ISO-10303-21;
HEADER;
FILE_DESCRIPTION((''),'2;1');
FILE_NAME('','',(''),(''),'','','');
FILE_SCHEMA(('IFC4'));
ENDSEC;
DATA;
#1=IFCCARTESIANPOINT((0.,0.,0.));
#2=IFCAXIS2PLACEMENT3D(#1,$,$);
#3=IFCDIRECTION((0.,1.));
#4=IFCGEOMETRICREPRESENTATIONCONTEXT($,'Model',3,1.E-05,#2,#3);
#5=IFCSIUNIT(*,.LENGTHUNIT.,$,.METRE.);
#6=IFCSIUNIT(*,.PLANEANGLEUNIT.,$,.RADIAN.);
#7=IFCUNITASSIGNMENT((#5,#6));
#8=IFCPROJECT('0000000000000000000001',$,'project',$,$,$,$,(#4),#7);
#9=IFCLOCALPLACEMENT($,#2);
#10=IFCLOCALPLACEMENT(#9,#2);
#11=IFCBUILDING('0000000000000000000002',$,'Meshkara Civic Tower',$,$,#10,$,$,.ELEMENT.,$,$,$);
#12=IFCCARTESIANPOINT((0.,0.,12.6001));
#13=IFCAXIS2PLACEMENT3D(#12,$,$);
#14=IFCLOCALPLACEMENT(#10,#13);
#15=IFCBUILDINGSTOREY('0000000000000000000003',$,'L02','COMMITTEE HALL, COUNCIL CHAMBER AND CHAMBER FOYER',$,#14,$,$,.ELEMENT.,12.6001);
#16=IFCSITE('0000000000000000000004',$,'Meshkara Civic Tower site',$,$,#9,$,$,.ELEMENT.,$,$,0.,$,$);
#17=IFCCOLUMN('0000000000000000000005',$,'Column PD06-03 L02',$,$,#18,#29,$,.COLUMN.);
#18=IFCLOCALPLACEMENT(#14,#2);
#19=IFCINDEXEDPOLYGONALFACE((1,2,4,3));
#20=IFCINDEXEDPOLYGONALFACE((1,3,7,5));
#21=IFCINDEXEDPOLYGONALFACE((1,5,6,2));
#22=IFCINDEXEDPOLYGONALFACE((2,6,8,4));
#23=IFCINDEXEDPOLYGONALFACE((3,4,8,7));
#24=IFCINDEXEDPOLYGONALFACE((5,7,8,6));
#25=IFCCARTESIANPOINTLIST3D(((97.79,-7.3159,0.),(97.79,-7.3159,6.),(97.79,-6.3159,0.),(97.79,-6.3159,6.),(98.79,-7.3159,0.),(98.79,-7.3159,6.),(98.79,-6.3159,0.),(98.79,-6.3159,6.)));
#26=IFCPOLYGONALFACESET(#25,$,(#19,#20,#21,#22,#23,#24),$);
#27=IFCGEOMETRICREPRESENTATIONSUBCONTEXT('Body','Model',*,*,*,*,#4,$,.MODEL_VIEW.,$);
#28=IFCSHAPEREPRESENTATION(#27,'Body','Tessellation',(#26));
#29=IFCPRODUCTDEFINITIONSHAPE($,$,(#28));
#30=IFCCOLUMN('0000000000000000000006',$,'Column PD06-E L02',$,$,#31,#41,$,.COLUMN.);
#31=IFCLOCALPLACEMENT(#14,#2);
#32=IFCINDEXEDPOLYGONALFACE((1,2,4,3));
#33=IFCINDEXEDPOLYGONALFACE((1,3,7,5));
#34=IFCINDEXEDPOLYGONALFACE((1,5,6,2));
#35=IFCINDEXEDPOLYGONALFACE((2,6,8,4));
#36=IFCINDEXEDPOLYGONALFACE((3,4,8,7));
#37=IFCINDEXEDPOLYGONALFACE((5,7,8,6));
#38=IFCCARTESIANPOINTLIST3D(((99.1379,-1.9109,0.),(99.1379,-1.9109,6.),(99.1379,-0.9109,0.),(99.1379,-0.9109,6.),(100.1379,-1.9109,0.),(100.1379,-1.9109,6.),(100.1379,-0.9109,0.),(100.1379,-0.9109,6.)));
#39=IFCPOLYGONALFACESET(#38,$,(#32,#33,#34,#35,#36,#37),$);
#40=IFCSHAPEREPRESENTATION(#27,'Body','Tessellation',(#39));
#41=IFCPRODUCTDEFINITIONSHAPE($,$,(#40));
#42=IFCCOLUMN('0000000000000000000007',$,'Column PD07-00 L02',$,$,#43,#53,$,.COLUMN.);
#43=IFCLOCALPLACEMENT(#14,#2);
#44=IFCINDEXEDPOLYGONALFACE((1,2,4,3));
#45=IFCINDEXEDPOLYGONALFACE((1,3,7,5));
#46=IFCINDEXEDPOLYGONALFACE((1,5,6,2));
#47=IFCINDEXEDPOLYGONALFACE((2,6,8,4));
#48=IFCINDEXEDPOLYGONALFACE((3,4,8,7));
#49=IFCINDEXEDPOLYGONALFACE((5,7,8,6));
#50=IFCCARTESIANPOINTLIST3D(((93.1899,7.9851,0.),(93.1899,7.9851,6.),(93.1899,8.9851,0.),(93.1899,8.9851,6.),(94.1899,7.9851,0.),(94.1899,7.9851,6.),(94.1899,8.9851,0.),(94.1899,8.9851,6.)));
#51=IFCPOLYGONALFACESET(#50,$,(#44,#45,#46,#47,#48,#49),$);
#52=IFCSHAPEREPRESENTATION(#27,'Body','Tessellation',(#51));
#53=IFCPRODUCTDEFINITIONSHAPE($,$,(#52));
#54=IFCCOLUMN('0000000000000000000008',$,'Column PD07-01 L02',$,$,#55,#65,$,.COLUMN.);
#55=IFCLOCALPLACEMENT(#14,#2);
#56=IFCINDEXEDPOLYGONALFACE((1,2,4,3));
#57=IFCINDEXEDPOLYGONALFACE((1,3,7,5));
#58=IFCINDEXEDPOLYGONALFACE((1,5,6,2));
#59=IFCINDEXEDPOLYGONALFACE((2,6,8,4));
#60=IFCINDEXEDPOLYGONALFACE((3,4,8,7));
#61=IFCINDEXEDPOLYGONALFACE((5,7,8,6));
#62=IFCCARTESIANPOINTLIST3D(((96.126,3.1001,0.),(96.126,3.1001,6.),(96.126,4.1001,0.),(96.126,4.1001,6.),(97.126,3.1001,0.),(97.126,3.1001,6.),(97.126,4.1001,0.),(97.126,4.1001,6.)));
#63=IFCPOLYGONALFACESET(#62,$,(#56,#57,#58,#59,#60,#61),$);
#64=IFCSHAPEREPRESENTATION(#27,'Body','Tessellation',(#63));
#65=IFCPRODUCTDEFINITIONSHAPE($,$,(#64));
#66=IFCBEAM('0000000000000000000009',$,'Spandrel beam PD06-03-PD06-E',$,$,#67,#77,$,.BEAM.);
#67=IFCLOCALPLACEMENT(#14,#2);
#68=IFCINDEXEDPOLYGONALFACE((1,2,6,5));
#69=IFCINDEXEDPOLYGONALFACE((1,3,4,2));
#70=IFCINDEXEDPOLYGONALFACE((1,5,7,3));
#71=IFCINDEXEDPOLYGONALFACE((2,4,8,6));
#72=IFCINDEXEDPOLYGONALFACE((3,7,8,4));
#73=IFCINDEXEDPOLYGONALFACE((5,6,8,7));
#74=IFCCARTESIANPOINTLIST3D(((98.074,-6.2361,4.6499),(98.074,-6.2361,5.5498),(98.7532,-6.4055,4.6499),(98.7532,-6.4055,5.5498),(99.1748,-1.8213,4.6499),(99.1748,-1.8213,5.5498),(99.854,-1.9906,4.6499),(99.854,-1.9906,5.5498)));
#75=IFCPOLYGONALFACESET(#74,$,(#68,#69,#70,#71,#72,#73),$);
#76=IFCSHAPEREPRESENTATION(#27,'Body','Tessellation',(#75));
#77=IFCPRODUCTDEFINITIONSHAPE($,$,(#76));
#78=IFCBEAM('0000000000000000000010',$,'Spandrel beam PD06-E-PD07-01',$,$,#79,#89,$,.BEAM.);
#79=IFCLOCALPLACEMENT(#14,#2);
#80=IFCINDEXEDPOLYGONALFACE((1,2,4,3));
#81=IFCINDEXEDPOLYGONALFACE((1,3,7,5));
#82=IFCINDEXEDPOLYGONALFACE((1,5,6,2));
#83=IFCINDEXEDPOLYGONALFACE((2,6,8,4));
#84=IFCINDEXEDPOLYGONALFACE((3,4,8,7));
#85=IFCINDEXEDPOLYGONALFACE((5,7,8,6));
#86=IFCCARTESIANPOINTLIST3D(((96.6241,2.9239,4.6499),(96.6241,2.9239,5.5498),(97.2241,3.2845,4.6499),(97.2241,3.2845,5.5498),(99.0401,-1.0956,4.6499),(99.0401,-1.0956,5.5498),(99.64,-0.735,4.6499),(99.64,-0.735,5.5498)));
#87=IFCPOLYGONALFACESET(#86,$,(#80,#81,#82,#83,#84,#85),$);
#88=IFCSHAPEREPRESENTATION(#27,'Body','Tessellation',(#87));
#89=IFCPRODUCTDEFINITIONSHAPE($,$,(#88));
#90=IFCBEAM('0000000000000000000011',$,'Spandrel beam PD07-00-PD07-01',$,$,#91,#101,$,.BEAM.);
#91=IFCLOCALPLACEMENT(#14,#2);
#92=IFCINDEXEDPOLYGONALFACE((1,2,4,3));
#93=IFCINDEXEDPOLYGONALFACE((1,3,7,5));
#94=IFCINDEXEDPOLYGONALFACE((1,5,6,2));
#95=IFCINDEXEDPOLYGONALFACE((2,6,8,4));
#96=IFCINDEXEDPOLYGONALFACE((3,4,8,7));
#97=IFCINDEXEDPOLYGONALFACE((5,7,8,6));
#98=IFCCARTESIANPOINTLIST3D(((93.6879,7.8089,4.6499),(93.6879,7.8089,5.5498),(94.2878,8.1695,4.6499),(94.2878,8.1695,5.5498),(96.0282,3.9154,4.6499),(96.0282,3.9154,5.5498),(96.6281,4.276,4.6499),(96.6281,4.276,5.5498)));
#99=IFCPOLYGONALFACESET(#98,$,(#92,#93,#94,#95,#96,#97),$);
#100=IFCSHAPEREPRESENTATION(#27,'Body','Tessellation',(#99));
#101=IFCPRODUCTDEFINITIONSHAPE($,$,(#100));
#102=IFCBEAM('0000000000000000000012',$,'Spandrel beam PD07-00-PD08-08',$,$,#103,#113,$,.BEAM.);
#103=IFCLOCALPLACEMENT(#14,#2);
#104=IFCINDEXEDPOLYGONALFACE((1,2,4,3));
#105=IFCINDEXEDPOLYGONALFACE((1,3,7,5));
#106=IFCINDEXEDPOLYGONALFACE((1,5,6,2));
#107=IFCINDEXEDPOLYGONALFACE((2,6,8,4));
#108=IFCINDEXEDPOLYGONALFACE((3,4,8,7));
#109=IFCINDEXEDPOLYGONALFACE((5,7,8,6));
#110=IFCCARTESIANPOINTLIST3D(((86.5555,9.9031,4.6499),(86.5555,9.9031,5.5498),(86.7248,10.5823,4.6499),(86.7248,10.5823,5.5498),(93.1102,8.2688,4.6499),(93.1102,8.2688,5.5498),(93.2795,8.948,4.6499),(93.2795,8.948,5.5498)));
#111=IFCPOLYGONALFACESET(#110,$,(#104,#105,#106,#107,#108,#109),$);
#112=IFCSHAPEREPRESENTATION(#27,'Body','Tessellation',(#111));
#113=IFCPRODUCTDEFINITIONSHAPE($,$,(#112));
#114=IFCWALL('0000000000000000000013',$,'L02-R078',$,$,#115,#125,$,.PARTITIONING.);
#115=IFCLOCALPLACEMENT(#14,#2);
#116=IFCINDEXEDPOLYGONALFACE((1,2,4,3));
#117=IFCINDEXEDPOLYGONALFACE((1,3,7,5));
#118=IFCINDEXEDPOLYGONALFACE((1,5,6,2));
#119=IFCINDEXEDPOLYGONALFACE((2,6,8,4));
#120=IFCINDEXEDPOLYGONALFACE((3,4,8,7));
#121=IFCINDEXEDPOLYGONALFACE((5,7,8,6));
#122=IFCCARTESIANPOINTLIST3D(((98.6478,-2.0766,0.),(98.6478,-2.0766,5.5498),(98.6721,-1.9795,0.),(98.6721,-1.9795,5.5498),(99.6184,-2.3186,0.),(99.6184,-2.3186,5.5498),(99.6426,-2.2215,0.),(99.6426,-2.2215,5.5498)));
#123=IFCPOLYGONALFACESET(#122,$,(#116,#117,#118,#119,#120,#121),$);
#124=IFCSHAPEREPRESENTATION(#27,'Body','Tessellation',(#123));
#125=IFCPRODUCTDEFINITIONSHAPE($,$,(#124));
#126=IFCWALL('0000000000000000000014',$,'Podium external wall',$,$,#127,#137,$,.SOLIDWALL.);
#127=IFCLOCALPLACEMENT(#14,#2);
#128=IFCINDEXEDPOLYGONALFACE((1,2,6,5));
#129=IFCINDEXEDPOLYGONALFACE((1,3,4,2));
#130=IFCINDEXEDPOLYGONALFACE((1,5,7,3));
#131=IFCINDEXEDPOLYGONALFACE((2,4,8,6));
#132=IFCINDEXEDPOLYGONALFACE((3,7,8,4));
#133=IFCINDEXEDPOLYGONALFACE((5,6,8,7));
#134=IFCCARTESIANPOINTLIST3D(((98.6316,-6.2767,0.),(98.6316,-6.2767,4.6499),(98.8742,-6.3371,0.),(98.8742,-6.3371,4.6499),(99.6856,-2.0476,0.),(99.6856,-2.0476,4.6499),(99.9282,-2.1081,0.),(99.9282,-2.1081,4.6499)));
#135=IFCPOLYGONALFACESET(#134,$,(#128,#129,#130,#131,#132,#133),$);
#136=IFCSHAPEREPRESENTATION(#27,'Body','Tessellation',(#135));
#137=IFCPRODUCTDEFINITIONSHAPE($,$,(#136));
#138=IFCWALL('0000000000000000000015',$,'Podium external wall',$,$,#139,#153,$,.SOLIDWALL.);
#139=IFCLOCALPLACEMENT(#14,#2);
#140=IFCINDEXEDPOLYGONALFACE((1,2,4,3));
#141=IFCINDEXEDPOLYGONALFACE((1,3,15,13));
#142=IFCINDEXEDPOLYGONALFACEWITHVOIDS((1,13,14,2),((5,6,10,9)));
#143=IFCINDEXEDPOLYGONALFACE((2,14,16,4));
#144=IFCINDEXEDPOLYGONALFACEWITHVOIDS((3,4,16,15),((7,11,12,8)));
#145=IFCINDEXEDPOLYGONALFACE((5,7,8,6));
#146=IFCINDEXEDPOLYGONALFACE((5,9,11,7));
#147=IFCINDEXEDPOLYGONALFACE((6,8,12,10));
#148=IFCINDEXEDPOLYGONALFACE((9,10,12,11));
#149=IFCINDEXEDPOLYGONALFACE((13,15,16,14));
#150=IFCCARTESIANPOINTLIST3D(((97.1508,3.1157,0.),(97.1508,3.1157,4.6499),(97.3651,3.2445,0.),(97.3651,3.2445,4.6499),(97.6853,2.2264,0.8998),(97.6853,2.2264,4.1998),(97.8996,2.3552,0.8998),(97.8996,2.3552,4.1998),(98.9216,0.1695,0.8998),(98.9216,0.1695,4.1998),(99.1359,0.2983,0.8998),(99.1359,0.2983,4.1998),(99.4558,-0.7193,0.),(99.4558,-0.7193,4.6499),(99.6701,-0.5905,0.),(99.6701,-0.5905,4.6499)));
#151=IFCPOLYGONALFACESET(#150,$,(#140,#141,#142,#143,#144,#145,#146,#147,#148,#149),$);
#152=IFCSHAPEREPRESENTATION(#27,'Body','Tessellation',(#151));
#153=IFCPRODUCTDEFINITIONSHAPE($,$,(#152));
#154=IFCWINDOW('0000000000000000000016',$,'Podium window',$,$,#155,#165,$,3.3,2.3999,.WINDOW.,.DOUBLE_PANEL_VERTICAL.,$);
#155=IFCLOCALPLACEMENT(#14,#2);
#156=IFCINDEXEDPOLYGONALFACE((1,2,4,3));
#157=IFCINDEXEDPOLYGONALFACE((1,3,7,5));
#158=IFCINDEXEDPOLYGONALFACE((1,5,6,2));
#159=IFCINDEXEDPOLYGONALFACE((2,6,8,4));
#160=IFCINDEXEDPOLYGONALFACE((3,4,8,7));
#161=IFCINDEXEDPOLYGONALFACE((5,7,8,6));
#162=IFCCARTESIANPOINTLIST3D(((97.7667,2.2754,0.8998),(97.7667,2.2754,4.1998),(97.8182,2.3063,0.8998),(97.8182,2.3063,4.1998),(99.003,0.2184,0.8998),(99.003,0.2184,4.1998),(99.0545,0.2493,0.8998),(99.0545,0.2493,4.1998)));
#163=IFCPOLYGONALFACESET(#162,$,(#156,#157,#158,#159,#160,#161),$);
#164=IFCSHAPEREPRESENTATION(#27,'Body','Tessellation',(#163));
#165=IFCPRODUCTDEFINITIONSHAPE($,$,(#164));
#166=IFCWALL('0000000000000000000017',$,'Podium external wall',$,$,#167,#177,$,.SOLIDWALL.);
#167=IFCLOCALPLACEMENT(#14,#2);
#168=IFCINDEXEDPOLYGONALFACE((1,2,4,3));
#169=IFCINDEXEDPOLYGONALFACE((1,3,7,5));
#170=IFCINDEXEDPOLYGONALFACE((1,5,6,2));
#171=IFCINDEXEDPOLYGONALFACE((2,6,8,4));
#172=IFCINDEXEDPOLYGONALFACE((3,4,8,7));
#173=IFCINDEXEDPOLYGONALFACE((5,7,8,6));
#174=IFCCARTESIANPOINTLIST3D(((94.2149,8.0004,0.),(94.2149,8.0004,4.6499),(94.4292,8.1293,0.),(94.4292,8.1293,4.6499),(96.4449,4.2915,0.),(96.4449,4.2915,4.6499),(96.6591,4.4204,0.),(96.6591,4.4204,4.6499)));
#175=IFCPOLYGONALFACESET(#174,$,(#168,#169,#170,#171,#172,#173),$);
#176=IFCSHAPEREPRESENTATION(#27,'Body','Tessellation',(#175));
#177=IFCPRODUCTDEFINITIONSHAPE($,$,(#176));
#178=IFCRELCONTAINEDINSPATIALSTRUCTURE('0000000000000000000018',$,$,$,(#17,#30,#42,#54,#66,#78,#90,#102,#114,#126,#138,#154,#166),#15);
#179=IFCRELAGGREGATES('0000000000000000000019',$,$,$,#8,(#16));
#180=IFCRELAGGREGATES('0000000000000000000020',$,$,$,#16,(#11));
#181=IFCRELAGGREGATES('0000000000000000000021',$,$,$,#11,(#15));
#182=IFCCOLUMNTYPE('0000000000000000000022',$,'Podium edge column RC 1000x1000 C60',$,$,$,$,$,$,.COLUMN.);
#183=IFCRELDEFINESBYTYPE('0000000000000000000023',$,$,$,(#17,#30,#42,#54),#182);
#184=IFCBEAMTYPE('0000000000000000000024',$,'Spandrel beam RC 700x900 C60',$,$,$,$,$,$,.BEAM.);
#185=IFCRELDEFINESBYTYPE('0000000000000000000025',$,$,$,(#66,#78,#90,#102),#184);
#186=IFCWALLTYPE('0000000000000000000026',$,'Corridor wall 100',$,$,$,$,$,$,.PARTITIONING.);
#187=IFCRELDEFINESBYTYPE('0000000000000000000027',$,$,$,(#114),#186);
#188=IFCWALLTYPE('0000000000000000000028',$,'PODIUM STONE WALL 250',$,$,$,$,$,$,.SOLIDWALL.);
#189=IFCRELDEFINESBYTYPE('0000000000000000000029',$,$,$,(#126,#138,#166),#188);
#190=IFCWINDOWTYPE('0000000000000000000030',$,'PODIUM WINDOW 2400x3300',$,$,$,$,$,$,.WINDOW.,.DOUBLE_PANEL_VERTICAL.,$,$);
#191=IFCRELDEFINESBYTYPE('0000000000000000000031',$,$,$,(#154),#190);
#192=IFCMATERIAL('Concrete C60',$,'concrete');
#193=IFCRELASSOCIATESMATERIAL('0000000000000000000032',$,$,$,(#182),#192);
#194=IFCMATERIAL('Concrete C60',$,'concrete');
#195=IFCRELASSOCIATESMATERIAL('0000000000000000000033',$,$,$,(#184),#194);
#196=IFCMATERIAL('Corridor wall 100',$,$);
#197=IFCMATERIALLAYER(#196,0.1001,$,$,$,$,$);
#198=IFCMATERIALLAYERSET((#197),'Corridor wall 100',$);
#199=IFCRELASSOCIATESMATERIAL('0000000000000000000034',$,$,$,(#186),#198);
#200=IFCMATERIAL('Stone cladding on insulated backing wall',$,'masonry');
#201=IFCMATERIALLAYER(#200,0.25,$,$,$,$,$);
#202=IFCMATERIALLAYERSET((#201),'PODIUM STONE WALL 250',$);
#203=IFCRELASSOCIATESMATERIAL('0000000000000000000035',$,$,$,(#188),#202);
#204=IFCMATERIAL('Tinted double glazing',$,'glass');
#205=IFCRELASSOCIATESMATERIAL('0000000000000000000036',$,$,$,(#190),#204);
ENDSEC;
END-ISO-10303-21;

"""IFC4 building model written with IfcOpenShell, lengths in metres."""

from ifc_helpers import new_model, si_unit, direction, frame, frame_2d, origin, origin_2d, place, context, subcontext, project, spatial, rectangle, extrude, material, layer, layer_set, material_profile, profile_set, type_object, element, fill, save


model = new_model("IFC4")

# Units and contexts
model_context = context("Model", 3, precision=1e-05, world=origin(), true_north=direction((0.0, 1.0)))
body_context = subcontext(model_context, "Body", "Model", "MODEL_VIEW")
ifc_project = project(units=[si_unit("LENGTHUNIT", "METRE"), si_unit("PLANEANGLEUNIT", "RADIAN")], contexts=[model_context])

# Site, building, storey
site_placement = place(None, origin())
site = spatial("IfcSite", under=ifc_project, at=site_placement, Name="Meshkara Civic Tower site", CompositionType="ELEMENT", RefElevation=0.0)
building_placement = place(site_placement, origin())
building = spatial("IfcBuilding", under=site, at=building_placement, Name="Meshkara Civic Tower", CompositionType="ELEMENT")
storey_placement = place(building_placement, frame((0.0, 0.0, 12.6001)))
storey = spatial("IfcBuildingStorey", under=building, at=storey_placement, Name="L02", Description="COMMITTEE HALL, COUNCIL CHAMBER AND CHAMBER FOYER", CompositionType="ELEMENT", Elevation=12.6001)

# Columns
ifc_material_1 = material(Name="Concrete C60", Category="concrete")
ifc_material_profile_1 = material_profile(ifc_material_1, rectangle(XDim=1.0, YDim=1.0, at=origin_2d()))
ifc_profile_set_1 = profile_set([ifc_material_profile_1], Name="Concrete C60")
column_type = type_object("IfcColumnType", Name="Podium edge column RC 1000x1000 C60", PredefinedType="COLUMN", material=ifc_profile_set_1)
for number, where, z_axis, x_axis, name in (
    (1, (98.29, -6.8159, 0.0), (0.0, 0.0, 1.0), (1.0, 0.0, 0.0), "Column PD06-03 L02"),
    (2, (99.6379, -1.4109, 0.0), (0.0, 0.0, 1.0), (1.0, 0.0, 0.0), "Column PD06-E L02"),
    (3, (93.6899, 8.4851, 0.0), (0.0, 0.0, 1.0), (1.0, 0.0, 0.0), "Column PD07-00 L02"),
    (4, (96.626, 3.6001, 0.0), (0.0, 0.0, 1.0), (1.0, 0.0, 0.0), "Column PD07-01 L02"),
):
    element("IfcColumn", number, at=place(storey_placement, frame(where, z_axis=z_axis, x_axis=x_axis)), inside=storey, type_object=column_type, Name=name, PredefinedType="COLUMN", context=body_context, shape_type="SweptSolid", body=[
        extrude(rectangle(XDim=1.0, YDim=1.0, at=origin_2d()), origin(), (0.0, 0.0, 1.0), 6.0),
    ])

# Beams
ifc_material_2 = material(Name="Concrete C60", Category="concrete")
ifc_material_profile_2 = material_profile(ifc_material_2, rectangle(XDim=0.7, YDim=0.8999, at=origin_2d()))
ifc_profile_set_2 = profile_set([ifc_material_profile_2], Name="Concrete C60")
beam_type = type_object("IfcBeamType", Name="Spandrel beam RC 700x900 C60", PredefinedType="BEAM", material=ifc_profile_set_2)
beam_1_placement = place(storey_placement, frame((98.4136, -6.3208, 5.0999), z_axis=(0.241942, 0.970291, 0.0), x_axis=(-0.970291, 0.241942, 0.0)))
element("IfcBeam", 5, at=beam_1_placement, inside=storey, type_object=beam_type, Name="Spandrel beam PD06-03-PD06-E", PredefinedType="BEAM", context=body_context, shape_type="SweptSolid", body=[
    extrude(rectangle(XDim=0.7, YDim=0.8999, at=origin_2d()), origin(), (0.0, 0.0, 1.0), 4.55),
])
beam_2_placement = place(storey_placement, frame((99.3401, -0.9153, 5.0999), z_axis=(-0.515169, 0.857088, 0.0), x_axis=(-0.857088, -0.515169, 0.0)))
element("IfcBeam", 6, at=beam_2_placement, inside=storey, type_object=beam_type, Name="Spandrel beam PD06-E-PD07-01", PredefinedType="BEAM", context=body_context, shape_type="SweptSolid", body=[
    extrude(rectangle(XDim=0.7, YDim=0.8999, at=origin_2d()), origin(), (0.0, 0.0, 1.0), 4.6897),
])
beam_3_placement = place(storey_placement, frame((96.3281, 4.0957, 5.0999), z_axis=(-0.515175, 0.857085, 0.0), x_axis=(-0.857085, -0.515175, 0.0)))
element("IfcBeam", 7, at=beam_3_placement, inside=storey, type_object=beam_type, Name="Spandrel beam PD07-00-PD07-01", PredefinedType="BEAM", context=body_context, shape_type="SweptSolid", body=[
    extrude(rectangle(XDim=0.7, YDim=0.8999, at=origin_2d()), origin(), (0.0, 0.0, 1.0), 4.5427),
])
beam_4_placement = place(storey_placement, frame((93.1948, 8.6084, 5.0999), z_axis=(-0.970295, 0.241923, 0.0), x_axis=(-0.241923, -0.970295, 0.0)))
element("IfcBeam", 8, at=beam_4_placement, inside=storey, type_object=beam_type, Name="Spandrel beam PD07-00-PD08-08", PredefinedType="BEAM", context=body_context, shape_type="SweptSolid", body=[
    extrude(rectangle(XDim=0.7, YDim=0.8999, at=origin_2d()), origin(), (0.0, 0.0, 1.0), 6.7554),
])

# Walls
ifc_material_3 = material(Name="Corridor wall 100")
ifc_layer_1 = layer(ifc_material_3, 0.1001)
ifc_layer_set_1 = layer_set([ifc_layer_1], Name="Corridor wall 100")
wall_type_1 = type_object("IfcWallType", Name="Corridor wall 100", PredefinedType="PARTITIONING", material=ifc_layer_set_1)
wall_1_placement = place(storey_placement, frame((99.6304, -2.27, 0.0), z_axis=(0.0, 0.0, 1.0), x_axis=(-0.9703, 0.241904, 0.0)))
element("IfcWall", 9, at=wall_1_placement, inside=storey, type_object=wall_type_1, Name="L02-R078", PredefinedType="PARTITIONING", context=body_context, shape_type="SweptSolid", body=[
    extrude(rectangle(XDim=1.0002, YDim=0.1001, at=frame_2d((0.5, 0.0))), origin(), (0.0, 0.0, 1.0), 5.5498),
])
ifc_material_4 = material(Name="Stone cladding on insulated backing wall", Category="masonry")
ifc_layer_2 = layer(ifc_material_4, 0.25)
ifc_layer_set_2 = layer_set([ifc_layer_2], Name="PODIUM STONE WALL 250")
wall_type_2 = type_object("IfcWallType", Name="PODIUM STONE WALL 250", PredefinedType="SOLIDWALL", material=ifc_layer_set_2)
wall_2_placement = place(storey_placement, frame((98.7529, -6.3069, 0.0), z_axis=(0.0, 0.0, 1.0), x_axis=(0.241824, 0.97032, 0.0)))
element("IfcWall", 10, at=wall_2_placement, inside=storey, type_object=wall_type_2, Name="Podium external wall", PredefinedType="SOLIDWALL", context=body_context, shape_type="SweptSolid", body=[
    extrude(rectangle(XDim=4.3584, YDim=0.25, at=frame_2d((2.1792, 0.0))), origin(), (0.0, 0.0, 1.0), 4.6499),
])

# Wall, opening, window
wall_3_placement = place(storey_placement, frame((99.563, -0.655, 0.0), z_axis=(0.0, 0.0, 1.0), x_axis=(-0.515146, 0.857103, 0.0)))
wall_3 = element("IfcWall", 11, at=wall_3_placement, inside=storey, type_object=wall_type_2, Name="Podium external wall", PredefinedType="SOLIDWALL", context=body_context, shape_type="SweptSolid", body=[
    extrude(rectangle(XDim=4.4744, YDim=0.25, at=frame_2d((2.2373, 0.0))), origin(), (0.0, 0.0, 1.0), 4.6499),
])
opening_1_placement = place(wall_3_placement, frame((1.0371, 0.0, 0.8999)))
opening_1 = element("IfcOpeningElement", 12, at=opening_1_placement, cuts=wall_3, PredefinedType="OPENING", context=body_context, shape_type="SweptSolid", body=[
    extrude(rectangle(XDim=2.3999, YDim=3.3, at=frame_2d((1.2, 1.6499))), frame((0.0, 0.135, 0.0), z_axis=(0.0, -1.0, 0.0), x_axis=(1.0, 0.0, 0.0)), (0.0, 0.0, 1.0), 0.27),
])
ifc_material_5 = material(Name="Tinted double glazing", Category="glass")
window_type = type_object("IfcWindowType", Name="PODIUM WINDOW 2400x3300", PartitioningType="DOUBLE_PANEL_VERTICAL", PredefinedType="WINDOW", material=ifc_material_5)
window_1_placement = place(opening_1_placement, origin())
window_1 = element("IfcWindow", 13, at=window_1_placement, inside=storey, type_object=window_type, Name="Podium window", OverallHeight=3.3, OverallWidth=2.3999, PartitioningType="DOUBLE_PANEL_VERTICAL", PredefinedType="WINDOW", context=body_context, shape_type="SweptSolid", body=[
    extrude(rectangle(XDim=2.3999, YDim=3.3, at=frame_2d((1.2, 1.6499))), frame((0.0, 0.03, 0.0), z_axis=(0.0, -1.0, 0.0), x_axis=(1.0, 0.0, 0.0)), (0.0, 0.0, 1.0), 0.0601),
])
fill(opening_1, window_1)

# Wall
wall_4_placement = place(storey_placement, frame((96.552, 4.356, 0.0), z_axis=(0.0, 0.0, 1.0), x_axis=(-0.515275, 0.857025, 0.0)))
element("IfcWall", 14, at=wall_4_placement, inside=storey, type_object=wall_type_2, Name="Podium external wall", PredefinedType="SOLIDWALL", context=body_context, shape_type="SweptSolid", body=[
    extrude(rectangle(XDim=4.3276, YDim=0.25, at=frame_2d((2.1638, 0.0))), origin(), (0.0, 0.0, 1.0), 4.6499),
])

save(model, "model.ifc")
